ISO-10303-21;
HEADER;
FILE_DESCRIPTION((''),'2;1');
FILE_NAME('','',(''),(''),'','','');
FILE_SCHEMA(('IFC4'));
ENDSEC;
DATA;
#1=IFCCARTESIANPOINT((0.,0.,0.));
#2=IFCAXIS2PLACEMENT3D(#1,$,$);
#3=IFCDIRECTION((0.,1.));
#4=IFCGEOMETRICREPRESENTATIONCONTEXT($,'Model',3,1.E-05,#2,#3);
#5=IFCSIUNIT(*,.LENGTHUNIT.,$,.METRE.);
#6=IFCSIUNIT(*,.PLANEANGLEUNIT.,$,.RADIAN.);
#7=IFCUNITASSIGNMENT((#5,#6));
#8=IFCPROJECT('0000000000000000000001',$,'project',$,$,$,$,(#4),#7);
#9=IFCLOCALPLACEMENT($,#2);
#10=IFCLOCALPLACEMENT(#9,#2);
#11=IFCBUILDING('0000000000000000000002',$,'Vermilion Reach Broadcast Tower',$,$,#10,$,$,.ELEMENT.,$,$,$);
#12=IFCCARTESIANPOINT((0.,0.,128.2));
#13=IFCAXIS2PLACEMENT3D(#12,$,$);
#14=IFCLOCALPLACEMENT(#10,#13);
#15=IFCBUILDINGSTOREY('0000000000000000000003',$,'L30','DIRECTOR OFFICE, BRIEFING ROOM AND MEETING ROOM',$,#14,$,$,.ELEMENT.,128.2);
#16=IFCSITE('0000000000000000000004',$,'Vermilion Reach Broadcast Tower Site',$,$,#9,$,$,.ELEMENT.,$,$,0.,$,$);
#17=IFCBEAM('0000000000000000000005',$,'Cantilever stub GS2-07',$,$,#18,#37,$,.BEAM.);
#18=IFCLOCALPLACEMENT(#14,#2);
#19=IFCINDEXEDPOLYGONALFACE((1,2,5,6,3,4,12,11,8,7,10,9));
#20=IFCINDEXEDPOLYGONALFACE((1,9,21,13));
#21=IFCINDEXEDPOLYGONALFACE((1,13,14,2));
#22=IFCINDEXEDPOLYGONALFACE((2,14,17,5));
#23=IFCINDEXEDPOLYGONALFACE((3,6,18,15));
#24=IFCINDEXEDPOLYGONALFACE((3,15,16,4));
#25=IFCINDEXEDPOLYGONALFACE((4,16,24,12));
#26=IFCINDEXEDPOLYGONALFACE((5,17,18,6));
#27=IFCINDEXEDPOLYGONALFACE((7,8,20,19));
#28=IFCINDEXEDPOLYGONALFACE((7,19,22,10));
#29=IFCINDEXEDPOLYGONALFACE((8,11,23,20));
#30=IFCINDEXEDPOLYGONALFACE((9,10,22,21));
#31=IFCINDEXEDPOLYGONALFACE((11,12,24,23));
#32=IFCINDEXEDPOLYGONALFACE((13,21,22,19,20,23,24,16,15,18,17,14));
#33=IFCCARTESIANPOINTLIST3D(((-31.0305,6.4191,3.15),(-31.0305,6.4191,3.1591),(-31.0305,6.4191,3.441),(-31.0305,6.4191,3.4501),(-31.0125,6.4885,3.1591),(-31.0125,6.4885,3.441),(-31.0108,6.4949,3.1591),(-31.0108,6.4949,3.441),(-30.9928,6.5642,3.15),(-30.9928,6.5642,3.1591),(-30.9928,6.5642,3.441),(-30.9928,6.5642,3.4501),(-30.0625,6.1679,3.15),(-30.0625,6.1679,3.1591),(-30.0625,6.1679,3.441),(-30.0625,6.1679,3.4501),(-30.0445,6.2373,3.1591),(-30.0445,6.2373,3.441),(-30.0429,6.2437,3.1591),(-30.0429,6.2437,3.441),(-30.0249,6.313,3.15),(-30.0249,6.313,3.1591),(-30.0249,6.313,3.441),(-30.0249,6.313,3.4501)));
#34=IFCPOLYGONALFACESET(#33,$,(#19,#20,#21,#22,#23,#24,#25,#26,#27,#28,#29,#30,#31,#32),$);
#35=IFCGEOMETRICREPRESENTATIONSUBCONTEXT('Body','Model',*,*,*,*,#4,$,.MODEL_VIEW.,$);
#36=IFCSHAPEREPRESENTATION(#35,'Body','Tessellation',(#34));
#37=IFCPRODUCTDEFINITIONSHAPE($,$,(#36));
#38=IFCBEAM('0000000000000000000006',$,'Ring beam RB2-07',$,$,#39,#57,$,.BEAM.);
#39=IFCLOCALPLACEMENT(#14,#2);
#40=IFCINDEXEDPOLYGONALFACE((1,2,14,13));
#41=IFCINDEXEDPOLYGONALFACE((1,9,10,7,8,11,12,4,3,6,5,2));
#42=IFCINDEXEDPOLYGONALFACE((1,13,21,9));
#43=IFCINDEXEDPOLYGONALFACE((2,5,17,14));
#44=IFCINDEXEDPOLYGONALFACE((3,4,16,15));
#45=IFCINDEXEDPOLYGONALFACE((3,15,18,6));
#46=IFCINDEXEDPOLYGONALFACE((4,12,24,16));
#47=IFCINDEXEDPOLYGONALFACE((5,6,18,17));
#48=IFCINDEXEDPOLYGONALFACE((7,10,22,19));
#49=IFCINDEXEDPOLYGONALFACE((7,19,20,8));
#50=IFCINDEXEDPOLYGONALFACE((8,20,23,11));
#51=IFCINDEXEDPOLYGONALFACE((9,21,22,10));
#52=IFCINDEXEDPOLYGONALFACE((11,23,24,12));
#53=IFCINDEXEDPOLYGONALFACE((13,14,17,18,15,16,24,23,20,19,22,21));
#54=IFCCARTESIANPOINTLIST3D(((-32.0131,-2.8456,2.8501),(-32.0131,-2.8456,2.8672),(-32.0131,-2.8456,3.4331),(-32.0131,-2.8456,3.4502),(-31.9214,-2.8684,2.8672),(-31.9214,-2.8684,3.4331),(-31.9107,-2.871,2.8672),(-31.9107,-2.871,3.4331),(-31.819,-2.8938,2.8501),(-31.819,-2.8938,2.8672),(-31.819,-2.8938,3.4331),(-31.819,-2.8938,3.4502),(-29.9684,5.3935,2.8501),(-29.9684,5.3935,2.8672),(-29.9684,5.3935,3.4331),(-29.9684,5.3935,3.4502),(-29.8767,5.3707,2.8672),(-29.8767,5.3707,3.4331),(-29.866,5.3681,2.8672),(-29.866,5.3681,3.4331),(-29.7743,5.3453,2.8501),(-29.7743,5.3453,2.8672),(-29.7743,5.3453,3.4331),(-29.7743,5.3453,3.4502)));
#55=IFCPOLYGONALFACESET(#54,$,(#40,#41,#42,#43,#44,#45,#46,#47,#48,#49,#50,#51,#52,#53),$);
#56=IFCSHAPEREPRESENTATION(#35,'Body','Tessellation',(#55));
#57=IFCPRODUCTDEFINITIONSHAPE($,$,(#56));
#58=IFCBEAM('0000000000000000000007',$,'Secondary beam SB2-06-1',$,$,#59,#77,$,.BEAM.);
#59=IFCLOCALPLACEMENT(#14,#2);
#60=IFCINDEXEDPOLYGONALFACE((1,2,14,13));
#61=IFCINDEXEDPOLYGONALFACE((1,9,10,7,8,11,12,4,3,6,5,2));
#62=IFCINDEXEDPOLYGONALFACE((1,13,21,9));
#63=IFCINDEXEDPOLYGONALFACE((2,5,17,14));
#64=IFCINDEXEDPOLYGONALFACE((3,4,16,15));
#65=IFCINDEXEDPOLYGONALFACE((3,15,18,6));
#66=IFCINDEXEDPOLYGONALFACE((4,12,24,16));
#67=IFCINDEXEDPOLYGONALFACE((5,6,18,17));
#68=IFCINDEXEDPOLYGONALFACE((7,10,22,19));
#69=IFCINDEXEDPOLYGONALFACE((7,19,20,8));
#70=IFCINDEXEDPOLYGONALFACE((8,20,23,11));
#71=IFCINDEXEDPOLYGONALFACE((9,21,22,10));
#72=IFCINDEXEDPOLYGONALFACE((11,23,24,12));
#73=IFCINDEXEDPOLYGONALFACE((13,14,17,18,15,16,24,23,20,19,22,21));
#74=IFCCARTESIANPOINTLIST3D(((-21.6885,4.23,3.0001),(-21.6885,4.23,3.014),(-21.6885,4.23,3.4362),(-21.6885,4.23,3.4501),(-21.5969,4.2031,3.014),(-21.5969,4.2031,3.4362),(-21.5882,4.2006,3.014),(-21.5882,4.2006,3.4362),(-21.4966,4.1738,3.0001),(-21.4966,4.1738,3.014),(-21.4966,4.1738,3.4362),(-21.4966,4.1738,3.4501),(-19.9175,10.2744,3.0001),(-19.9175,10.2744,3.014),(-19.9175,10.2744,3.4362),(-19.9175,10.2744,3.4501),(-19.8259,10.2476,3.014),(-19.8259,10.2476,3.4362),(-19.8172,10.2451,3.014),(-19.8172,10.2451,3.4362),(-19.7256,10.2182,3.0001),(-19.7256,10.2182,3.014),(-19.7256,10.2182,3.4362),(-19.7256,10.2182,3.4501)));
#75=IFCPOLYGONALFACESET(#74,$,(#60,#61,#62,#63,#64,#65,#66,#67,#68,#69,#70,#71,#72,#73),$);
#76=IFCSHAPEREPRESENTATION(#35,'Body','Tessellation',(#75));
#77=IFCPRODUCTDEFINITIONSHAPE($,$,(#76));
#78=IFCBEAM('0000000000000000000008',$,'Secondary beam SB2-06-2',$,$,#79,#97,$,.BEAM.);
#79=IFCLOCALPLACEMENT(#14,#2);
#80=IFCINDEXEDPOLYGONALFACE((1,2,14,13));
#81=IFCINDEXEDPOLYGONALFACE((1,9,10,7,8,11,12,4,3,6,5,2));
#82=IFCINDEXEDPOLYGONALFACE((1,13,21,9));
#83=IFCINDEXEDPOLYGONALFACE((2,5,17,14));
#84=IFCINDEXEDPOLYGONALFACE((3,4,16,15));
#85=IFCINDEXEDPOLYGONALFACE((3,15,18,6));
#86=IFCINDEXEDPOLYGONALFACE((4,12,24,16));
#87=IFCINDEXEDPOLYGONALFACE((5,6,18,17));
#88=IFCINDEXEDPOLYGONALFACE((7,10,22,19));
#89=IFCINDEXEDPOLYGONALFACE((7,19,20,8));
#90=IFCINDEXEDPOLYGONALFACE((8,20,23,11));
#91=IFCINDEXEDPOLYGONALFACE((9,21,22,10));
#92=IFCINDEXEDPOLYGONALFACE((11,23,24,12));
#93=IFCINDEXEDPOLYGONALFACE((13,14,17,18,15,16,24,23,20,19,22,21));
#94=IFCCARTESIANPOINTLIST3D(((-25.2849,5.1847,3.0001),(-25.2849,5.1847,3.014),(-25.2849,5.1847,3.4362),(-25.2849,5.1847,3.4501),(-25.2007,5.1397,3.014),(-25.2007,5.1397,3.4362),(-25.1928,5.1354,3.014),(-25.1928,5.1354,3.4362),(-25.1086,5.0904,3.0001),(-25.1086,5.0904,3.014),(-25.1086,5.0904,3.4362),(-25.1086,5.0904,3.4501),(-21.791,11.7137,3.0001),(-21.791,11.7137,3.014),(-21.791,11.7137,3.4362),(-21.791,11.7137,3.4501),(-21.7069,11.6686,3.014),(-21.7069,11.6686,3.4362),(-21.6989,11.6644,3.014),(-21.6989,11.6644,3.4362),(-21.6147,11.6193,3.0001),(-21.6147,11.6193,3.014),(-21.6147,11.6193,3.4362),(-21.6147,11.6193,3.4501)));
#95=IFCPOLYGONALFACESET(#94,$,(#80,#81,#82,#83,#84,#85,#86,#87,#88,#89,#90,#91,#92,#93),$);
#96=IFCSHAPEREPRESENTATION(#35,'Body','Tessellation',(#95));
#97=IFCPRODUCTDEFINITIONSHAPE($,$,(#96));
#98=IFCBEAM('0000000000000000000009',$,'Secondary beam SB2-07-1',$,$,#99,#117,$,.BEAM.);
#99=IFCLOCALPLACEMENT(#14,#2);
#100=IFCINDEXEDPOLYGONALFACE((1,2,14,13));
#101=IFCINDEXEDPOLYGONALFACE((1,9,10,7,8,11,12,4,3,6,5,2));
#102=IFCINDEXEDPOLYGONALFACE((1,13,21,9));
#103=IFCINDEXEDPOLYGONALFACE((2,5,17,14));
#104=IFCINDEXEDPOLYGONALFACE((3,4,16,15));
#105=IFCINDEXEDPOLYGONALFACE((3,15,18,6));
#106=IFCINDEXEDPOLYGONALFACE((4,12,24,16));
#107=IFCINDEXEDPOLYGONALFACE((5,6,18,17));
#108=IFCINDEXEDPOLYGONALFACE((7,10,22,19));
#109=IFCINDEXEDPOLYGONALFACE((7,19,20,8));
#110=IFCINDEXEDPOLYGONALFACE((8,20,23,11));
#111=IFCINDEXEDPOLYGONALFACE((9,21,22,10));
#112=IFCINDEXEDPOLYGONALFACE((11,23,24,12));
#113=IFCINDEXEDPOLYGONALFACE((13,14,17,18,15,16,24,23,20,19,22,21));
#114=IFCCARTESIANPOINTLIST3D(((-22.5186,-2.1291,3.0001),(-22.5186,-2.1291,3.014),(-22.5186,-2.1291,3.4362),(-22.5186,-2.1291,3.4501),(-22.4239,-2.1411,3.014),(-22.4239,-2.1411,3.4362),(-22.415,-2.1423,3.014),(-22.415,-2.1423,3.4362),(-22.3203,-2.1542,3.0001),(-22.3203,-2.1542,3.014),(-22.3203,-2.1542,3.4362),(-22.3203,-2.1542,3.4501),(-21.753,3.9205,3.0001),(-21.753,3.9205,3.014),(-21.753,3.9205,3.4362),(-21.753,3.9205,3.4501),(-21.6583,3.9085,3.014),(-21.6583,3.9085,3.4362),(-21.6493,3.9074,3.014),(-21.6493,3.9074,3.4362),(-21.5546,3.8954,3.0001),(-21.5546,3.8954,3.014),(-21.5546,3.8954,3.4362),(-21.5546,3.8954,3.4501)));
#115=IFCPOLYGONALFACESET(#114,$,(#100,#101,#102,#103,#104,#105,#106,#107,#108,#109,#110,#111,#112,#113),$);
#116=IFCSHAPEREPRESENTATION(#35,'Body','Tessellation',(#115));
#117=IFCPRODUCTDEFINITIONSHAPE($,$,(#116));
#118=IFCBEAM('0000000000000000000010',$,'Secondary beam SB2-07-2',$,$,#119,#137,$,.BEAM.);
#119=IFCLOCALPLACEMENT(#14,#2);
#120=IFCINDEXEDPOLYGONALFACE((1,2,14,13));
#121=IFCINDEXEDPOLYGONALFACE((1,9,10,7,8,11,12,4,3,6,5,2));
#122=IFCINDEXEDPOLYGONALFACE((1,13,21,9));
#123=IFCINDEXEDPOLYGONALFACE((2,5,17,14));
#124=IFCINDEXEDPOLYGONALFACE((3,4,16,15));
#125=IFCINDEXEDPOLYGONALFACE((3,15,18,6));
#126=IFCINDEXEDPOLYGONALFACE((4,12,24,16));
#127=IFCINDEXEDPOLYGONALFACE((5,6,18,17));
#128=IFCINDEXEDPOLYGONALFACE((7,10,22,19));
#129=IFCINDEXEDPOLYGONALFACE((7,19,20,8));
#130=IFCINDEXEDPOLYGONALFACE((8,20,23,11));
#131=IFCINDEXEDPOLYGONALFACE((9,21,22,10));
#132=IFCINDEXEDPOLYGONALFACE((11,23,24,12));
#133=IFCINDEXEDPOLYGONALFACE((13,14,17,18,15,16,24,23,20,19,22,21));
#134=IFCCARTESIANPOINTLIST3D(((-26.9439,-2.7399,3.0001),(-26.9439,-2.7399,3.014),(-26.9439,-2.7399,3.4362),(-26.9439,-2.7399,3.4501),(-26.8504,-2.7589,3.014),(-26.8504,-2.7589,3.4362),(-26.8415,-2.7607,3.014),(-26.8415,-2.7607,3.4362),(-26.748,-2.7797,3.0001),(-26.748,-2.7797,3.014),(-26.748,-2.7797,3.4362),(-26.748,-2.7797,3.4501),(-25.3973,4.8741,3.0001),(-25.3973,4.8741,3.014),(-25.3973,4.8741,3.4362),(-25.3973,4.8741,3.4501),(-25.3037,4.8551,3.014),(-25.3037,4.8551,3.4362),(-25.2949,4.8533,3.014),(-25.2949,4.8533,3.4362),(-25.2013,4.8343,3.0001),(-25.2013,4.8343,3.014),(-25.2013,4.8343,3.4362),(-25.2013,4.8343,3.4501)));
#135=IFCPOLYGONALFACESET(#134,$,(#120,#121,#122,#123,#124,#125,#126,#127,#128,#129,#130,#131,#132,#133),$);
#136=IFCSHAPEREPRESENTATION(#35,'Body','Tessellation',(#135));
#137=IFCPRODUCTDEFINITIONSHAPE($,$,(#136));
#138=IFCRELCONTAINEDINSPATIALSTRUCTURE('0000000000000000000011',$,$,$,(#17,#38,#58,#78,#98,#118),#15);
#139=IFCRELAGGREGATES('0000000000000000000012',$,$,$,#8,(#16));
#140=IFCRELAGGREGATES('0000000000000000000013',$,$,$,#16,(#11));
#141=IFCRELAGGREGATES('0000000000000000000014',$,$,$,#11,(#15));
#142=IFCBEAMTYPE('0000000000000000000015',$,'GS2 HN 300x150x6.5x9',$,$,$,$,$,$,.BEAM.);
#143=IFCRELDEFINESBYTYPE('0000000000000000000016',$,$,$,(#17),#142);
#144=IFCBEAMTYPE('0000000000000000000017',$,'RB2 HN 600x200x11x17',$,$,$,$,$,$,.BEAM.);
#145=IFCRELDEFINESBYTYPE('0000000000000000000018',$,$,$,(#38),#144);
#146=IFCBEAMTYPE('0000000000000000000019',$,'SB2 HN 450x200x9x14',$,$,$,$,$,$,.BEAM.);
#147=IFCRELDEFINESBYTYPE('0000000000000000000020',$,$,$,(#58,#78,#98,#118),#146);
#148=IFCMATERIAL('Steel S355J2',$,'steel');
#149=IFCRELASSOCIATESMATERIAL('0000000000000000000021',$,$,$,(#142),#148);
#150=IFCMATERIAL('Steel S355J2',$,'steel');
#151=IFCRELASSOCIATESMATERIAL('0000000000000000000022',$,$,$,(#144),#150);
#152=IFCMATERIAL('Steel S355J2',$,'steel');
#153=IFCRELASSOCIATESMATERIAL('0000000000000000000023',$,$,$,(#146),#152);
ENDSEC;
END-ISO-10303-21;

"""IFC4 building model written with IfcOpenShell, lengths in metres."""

from ifc_helpers import new_model, si_unit, direction, frame, origin, origin_2d, place, context, subcontext, project, spatial, i_section, extrude, material, material_profile, profile_set, type_object, element, save


model = new_model("IFC4")

# Units and contexts
model_context = context("Model", 3, precision=1e-05, world=origin(), true_north=direction((0.0, 1.0)))
body_context = subcontext(model_context, "Body", "Model", "MODEL_VIEW")
ifc_project = project(units=[si_unit("LENGTHUNIT", "METRE"), si_unit("PLANEANGLEUNIT", "RADIAN")], contexts=[model_context])

# Site, building, storey
site_placement = place(None, origin())
site = spatial("IfcSite", under=ifc_project, at=site_placement, Name="Vermilion Reach Broadcast Tower Site", CompositionType="ELEMENT", RefElevation=0.0)
building_placement = place(site_placement, origin())
building = spatial("IfcBuilding", under=site, at=building_placement, Name="Vermilion Reach Broadcast Tower", CompositionType="ELEMENT")
storey_placement = place(building_placement, frame((0.0, 0.0, 128.2)))
storey = spatial("IfcBuildingStorey", under=building, at=storey_placement, Name="L30", Description="DIRECTOR OFFICE, BRIEFING ROOM AND MEETING ROOM", CompositionType="ELEMENT", Elevation=128.2)

# Beams
ifc_material_1 = material(Name="Steel S355J2", Category="steel")
ifc_material_profile_1 = material_profile(ifc_material_1, i_section(OverallWidth=0.1499, OverallDepth=0.3, WebThickness=0.0066, FlangeThickness=0.009, at=origin_2d()), Name="S355J2 HN 300x150x6.5x9")
ifc_profile_set_1 = profile_set([ifc_material_profile_1], Name="Steel S355J2")
beam_type_1 = type_object("IfcBeamType", Name="GS2 HN 300x150x6.5x9", PredefinedType="BEAM", material=ifc_profile_set_1)
beam_1_placement = place(storey_placement, frame((-30.0437, 6.2405, 3.3), z_axis=(-0.967935, 0.251199, 0.0), x_axis=(-0.251199, -0.967935, 0.0)))
element("IfcBeam", 1, at=beam_1_placement, inside=storey, type_object=beam_type_1, Name="Cantilever stub GS2-07", PredefinedType="BEAM", context=body_context, shape_type="SweptSolid", body=[
    extrude(i_section(OverallWidth=0.1499, OverallDepth=0.3, WebThickness=0.0066, FlangeThickness=0.009, at=origin_2d()), origin(), (0.0, 0.0, 1.0), 1.0),
])
ifc_material_2 = material(Name="Steel S355J2", Category="steel")
ifc_material_profile_2 = material_profile(ifc_material_2, i_section(OverallWidth=0.2, OverallDepth=0.6001, WebThickness=0.011, FlangeThickness=0.0171, at=origin_2d()), Name="S355J2 HN 600x200x11x17")
ifc_profile_set_2 = profile_set([ifc_material_profile_2], Name="Steel S355J2")
beam_type_2 = type_object("IfcBeamType", Name="RB2 HN 600x200x11x17", PredefinedType="BEAM", material=ifc_profile_set_2)
beam_2_placement = place(storey_placement, frame((-29.8713, 5.3694, 3.1501), z_axis=(-0.240864, -0.970559, 0.0), x_axis=(0.970559, -0.240864, 0.0)))
element("IfcBeam", 2, at=beam_2_placement, inside=storey, type_object=beam_type_2, Name="Ring beam RB2-07", PredefinedType="BEAM", context=body_context, shape_type="SweptSolid", body=[
    extrude(i_section(OverallWidth=0.2, OverallDepth=0.6001, WebThickness=0.011, FlangeThickness=0.0171, at=origin_2d()), origin(), (0.0, 0.0, 1.0), 8.489),
])
ifc_material_3 = material(Name="Steel S355J2", Category="steel")
ifc_material_profile_3 = material_profile(ifc_material_3, i_section(OverallWidth=0.2, OverallDepth=0.45, WebThickness=0.009, FlangeThickness=0.0139, at=origin_2d()), Name="S355J2 HN 450x200x9x14")
ifc_profile_set_3 = profile_set([ifc_material_profile_3], Name="Steel S355J2")
beam_type_3 = type_object("IfcBeamType", Name="SB2 HN 450x200x9x14", PredefinedType="BEAM", material=ifc_profile_set_3)
beam_3_placement = place(storey_placement, frame((-19.8215, 10.2463, 3.2251), z_axis=(-0.281176, -0.959656, 0.0), x_axis=(0.959656, -0.281176, 0.0)))
element("IfcBeam", 3, at=beam_3_placement, inside=storey, type_object=beam_type_3, Name="Secondary beam SB2-06-1", PredefinedType="BEAM", context=body_context, shape_type="SweptSolid", body=[
    extrude(i_section(OverallWidth=0.2, OverallDepth=0.45, WebThickness=0.009, FlangeThickness=0.0139, at=origin_2d()), origin(), (0.0, 0.0, 1.0), 6.2986),
])
beam_4_placement = place(storey_placement, frame((-21.7029, 11.6665, 3.2251), z_axis=(-0.471822, -0.881694, 0.0), x_axis=(0.881694, -0.471822, 0.0)))
element("IfcBeam", 4, at=beam_4_placement, inside=storey, type_object=beam_type_3, Name="Secondary beam SB2-06-2", PredefinedType="BEAM", context=body_context, shape_type="SweptSolid", body=[
    extrude(i_section(OverallWidth=0.2, OverallDepth=0.45, WebThickness=0.009, FlangeThickness=0.0139, at=origin_2d()), origin(), (0.0, 0.0, 1.0), 7.405),
])
beam_5_placement = place(storey_placement, frame((-21.6538, 3.908, 3.2251), z_axis=(-0.125557, -0.992086, 0.0), x_axis=(0.992086, -0.125557, 0.0)))
element("IfcBeam", 5, at=beam_5_placement, inside=storey, type_object=beam_type_3, Name="Secondary beam SB2-07-1", PredefinedType="BEAM", context=body_context, shape_type="SweptSolid", body=[
    extrude(i_section(OverallWidth=0.2, OverallDepth=0.45, WebThickness=0.009, FlangeThickness=0.0139, at=origin_2d()), origin(), (0.0, 0.0, 1.0), 6.0979),
])
beam_6_placement = place(storey_placement, frame((-25.2993, 4.8542, 3.2251), z_axis=(-0.199064, -0.979986, 0.0), x_axis=(0.979986, -0.199064, 0.0)))
element("IfcBeam", 6, at=beam_6_placement, inside=storey, type_object=beam_type_3, Name="Secondary beam SB2-07-2", PredefinedType="BEAM", context=body_context, shape_type="SweptSolid", body=[
    extrude(i_section(OverallWidth=0.2, OverallDepth=0.45, WebThickness=0.009, FlangeThickness=0.0139, at=origin_2d()), origin(), (0.0, 0.0, 1.0), 7.7695),
])

save(model, "model.ifc")
